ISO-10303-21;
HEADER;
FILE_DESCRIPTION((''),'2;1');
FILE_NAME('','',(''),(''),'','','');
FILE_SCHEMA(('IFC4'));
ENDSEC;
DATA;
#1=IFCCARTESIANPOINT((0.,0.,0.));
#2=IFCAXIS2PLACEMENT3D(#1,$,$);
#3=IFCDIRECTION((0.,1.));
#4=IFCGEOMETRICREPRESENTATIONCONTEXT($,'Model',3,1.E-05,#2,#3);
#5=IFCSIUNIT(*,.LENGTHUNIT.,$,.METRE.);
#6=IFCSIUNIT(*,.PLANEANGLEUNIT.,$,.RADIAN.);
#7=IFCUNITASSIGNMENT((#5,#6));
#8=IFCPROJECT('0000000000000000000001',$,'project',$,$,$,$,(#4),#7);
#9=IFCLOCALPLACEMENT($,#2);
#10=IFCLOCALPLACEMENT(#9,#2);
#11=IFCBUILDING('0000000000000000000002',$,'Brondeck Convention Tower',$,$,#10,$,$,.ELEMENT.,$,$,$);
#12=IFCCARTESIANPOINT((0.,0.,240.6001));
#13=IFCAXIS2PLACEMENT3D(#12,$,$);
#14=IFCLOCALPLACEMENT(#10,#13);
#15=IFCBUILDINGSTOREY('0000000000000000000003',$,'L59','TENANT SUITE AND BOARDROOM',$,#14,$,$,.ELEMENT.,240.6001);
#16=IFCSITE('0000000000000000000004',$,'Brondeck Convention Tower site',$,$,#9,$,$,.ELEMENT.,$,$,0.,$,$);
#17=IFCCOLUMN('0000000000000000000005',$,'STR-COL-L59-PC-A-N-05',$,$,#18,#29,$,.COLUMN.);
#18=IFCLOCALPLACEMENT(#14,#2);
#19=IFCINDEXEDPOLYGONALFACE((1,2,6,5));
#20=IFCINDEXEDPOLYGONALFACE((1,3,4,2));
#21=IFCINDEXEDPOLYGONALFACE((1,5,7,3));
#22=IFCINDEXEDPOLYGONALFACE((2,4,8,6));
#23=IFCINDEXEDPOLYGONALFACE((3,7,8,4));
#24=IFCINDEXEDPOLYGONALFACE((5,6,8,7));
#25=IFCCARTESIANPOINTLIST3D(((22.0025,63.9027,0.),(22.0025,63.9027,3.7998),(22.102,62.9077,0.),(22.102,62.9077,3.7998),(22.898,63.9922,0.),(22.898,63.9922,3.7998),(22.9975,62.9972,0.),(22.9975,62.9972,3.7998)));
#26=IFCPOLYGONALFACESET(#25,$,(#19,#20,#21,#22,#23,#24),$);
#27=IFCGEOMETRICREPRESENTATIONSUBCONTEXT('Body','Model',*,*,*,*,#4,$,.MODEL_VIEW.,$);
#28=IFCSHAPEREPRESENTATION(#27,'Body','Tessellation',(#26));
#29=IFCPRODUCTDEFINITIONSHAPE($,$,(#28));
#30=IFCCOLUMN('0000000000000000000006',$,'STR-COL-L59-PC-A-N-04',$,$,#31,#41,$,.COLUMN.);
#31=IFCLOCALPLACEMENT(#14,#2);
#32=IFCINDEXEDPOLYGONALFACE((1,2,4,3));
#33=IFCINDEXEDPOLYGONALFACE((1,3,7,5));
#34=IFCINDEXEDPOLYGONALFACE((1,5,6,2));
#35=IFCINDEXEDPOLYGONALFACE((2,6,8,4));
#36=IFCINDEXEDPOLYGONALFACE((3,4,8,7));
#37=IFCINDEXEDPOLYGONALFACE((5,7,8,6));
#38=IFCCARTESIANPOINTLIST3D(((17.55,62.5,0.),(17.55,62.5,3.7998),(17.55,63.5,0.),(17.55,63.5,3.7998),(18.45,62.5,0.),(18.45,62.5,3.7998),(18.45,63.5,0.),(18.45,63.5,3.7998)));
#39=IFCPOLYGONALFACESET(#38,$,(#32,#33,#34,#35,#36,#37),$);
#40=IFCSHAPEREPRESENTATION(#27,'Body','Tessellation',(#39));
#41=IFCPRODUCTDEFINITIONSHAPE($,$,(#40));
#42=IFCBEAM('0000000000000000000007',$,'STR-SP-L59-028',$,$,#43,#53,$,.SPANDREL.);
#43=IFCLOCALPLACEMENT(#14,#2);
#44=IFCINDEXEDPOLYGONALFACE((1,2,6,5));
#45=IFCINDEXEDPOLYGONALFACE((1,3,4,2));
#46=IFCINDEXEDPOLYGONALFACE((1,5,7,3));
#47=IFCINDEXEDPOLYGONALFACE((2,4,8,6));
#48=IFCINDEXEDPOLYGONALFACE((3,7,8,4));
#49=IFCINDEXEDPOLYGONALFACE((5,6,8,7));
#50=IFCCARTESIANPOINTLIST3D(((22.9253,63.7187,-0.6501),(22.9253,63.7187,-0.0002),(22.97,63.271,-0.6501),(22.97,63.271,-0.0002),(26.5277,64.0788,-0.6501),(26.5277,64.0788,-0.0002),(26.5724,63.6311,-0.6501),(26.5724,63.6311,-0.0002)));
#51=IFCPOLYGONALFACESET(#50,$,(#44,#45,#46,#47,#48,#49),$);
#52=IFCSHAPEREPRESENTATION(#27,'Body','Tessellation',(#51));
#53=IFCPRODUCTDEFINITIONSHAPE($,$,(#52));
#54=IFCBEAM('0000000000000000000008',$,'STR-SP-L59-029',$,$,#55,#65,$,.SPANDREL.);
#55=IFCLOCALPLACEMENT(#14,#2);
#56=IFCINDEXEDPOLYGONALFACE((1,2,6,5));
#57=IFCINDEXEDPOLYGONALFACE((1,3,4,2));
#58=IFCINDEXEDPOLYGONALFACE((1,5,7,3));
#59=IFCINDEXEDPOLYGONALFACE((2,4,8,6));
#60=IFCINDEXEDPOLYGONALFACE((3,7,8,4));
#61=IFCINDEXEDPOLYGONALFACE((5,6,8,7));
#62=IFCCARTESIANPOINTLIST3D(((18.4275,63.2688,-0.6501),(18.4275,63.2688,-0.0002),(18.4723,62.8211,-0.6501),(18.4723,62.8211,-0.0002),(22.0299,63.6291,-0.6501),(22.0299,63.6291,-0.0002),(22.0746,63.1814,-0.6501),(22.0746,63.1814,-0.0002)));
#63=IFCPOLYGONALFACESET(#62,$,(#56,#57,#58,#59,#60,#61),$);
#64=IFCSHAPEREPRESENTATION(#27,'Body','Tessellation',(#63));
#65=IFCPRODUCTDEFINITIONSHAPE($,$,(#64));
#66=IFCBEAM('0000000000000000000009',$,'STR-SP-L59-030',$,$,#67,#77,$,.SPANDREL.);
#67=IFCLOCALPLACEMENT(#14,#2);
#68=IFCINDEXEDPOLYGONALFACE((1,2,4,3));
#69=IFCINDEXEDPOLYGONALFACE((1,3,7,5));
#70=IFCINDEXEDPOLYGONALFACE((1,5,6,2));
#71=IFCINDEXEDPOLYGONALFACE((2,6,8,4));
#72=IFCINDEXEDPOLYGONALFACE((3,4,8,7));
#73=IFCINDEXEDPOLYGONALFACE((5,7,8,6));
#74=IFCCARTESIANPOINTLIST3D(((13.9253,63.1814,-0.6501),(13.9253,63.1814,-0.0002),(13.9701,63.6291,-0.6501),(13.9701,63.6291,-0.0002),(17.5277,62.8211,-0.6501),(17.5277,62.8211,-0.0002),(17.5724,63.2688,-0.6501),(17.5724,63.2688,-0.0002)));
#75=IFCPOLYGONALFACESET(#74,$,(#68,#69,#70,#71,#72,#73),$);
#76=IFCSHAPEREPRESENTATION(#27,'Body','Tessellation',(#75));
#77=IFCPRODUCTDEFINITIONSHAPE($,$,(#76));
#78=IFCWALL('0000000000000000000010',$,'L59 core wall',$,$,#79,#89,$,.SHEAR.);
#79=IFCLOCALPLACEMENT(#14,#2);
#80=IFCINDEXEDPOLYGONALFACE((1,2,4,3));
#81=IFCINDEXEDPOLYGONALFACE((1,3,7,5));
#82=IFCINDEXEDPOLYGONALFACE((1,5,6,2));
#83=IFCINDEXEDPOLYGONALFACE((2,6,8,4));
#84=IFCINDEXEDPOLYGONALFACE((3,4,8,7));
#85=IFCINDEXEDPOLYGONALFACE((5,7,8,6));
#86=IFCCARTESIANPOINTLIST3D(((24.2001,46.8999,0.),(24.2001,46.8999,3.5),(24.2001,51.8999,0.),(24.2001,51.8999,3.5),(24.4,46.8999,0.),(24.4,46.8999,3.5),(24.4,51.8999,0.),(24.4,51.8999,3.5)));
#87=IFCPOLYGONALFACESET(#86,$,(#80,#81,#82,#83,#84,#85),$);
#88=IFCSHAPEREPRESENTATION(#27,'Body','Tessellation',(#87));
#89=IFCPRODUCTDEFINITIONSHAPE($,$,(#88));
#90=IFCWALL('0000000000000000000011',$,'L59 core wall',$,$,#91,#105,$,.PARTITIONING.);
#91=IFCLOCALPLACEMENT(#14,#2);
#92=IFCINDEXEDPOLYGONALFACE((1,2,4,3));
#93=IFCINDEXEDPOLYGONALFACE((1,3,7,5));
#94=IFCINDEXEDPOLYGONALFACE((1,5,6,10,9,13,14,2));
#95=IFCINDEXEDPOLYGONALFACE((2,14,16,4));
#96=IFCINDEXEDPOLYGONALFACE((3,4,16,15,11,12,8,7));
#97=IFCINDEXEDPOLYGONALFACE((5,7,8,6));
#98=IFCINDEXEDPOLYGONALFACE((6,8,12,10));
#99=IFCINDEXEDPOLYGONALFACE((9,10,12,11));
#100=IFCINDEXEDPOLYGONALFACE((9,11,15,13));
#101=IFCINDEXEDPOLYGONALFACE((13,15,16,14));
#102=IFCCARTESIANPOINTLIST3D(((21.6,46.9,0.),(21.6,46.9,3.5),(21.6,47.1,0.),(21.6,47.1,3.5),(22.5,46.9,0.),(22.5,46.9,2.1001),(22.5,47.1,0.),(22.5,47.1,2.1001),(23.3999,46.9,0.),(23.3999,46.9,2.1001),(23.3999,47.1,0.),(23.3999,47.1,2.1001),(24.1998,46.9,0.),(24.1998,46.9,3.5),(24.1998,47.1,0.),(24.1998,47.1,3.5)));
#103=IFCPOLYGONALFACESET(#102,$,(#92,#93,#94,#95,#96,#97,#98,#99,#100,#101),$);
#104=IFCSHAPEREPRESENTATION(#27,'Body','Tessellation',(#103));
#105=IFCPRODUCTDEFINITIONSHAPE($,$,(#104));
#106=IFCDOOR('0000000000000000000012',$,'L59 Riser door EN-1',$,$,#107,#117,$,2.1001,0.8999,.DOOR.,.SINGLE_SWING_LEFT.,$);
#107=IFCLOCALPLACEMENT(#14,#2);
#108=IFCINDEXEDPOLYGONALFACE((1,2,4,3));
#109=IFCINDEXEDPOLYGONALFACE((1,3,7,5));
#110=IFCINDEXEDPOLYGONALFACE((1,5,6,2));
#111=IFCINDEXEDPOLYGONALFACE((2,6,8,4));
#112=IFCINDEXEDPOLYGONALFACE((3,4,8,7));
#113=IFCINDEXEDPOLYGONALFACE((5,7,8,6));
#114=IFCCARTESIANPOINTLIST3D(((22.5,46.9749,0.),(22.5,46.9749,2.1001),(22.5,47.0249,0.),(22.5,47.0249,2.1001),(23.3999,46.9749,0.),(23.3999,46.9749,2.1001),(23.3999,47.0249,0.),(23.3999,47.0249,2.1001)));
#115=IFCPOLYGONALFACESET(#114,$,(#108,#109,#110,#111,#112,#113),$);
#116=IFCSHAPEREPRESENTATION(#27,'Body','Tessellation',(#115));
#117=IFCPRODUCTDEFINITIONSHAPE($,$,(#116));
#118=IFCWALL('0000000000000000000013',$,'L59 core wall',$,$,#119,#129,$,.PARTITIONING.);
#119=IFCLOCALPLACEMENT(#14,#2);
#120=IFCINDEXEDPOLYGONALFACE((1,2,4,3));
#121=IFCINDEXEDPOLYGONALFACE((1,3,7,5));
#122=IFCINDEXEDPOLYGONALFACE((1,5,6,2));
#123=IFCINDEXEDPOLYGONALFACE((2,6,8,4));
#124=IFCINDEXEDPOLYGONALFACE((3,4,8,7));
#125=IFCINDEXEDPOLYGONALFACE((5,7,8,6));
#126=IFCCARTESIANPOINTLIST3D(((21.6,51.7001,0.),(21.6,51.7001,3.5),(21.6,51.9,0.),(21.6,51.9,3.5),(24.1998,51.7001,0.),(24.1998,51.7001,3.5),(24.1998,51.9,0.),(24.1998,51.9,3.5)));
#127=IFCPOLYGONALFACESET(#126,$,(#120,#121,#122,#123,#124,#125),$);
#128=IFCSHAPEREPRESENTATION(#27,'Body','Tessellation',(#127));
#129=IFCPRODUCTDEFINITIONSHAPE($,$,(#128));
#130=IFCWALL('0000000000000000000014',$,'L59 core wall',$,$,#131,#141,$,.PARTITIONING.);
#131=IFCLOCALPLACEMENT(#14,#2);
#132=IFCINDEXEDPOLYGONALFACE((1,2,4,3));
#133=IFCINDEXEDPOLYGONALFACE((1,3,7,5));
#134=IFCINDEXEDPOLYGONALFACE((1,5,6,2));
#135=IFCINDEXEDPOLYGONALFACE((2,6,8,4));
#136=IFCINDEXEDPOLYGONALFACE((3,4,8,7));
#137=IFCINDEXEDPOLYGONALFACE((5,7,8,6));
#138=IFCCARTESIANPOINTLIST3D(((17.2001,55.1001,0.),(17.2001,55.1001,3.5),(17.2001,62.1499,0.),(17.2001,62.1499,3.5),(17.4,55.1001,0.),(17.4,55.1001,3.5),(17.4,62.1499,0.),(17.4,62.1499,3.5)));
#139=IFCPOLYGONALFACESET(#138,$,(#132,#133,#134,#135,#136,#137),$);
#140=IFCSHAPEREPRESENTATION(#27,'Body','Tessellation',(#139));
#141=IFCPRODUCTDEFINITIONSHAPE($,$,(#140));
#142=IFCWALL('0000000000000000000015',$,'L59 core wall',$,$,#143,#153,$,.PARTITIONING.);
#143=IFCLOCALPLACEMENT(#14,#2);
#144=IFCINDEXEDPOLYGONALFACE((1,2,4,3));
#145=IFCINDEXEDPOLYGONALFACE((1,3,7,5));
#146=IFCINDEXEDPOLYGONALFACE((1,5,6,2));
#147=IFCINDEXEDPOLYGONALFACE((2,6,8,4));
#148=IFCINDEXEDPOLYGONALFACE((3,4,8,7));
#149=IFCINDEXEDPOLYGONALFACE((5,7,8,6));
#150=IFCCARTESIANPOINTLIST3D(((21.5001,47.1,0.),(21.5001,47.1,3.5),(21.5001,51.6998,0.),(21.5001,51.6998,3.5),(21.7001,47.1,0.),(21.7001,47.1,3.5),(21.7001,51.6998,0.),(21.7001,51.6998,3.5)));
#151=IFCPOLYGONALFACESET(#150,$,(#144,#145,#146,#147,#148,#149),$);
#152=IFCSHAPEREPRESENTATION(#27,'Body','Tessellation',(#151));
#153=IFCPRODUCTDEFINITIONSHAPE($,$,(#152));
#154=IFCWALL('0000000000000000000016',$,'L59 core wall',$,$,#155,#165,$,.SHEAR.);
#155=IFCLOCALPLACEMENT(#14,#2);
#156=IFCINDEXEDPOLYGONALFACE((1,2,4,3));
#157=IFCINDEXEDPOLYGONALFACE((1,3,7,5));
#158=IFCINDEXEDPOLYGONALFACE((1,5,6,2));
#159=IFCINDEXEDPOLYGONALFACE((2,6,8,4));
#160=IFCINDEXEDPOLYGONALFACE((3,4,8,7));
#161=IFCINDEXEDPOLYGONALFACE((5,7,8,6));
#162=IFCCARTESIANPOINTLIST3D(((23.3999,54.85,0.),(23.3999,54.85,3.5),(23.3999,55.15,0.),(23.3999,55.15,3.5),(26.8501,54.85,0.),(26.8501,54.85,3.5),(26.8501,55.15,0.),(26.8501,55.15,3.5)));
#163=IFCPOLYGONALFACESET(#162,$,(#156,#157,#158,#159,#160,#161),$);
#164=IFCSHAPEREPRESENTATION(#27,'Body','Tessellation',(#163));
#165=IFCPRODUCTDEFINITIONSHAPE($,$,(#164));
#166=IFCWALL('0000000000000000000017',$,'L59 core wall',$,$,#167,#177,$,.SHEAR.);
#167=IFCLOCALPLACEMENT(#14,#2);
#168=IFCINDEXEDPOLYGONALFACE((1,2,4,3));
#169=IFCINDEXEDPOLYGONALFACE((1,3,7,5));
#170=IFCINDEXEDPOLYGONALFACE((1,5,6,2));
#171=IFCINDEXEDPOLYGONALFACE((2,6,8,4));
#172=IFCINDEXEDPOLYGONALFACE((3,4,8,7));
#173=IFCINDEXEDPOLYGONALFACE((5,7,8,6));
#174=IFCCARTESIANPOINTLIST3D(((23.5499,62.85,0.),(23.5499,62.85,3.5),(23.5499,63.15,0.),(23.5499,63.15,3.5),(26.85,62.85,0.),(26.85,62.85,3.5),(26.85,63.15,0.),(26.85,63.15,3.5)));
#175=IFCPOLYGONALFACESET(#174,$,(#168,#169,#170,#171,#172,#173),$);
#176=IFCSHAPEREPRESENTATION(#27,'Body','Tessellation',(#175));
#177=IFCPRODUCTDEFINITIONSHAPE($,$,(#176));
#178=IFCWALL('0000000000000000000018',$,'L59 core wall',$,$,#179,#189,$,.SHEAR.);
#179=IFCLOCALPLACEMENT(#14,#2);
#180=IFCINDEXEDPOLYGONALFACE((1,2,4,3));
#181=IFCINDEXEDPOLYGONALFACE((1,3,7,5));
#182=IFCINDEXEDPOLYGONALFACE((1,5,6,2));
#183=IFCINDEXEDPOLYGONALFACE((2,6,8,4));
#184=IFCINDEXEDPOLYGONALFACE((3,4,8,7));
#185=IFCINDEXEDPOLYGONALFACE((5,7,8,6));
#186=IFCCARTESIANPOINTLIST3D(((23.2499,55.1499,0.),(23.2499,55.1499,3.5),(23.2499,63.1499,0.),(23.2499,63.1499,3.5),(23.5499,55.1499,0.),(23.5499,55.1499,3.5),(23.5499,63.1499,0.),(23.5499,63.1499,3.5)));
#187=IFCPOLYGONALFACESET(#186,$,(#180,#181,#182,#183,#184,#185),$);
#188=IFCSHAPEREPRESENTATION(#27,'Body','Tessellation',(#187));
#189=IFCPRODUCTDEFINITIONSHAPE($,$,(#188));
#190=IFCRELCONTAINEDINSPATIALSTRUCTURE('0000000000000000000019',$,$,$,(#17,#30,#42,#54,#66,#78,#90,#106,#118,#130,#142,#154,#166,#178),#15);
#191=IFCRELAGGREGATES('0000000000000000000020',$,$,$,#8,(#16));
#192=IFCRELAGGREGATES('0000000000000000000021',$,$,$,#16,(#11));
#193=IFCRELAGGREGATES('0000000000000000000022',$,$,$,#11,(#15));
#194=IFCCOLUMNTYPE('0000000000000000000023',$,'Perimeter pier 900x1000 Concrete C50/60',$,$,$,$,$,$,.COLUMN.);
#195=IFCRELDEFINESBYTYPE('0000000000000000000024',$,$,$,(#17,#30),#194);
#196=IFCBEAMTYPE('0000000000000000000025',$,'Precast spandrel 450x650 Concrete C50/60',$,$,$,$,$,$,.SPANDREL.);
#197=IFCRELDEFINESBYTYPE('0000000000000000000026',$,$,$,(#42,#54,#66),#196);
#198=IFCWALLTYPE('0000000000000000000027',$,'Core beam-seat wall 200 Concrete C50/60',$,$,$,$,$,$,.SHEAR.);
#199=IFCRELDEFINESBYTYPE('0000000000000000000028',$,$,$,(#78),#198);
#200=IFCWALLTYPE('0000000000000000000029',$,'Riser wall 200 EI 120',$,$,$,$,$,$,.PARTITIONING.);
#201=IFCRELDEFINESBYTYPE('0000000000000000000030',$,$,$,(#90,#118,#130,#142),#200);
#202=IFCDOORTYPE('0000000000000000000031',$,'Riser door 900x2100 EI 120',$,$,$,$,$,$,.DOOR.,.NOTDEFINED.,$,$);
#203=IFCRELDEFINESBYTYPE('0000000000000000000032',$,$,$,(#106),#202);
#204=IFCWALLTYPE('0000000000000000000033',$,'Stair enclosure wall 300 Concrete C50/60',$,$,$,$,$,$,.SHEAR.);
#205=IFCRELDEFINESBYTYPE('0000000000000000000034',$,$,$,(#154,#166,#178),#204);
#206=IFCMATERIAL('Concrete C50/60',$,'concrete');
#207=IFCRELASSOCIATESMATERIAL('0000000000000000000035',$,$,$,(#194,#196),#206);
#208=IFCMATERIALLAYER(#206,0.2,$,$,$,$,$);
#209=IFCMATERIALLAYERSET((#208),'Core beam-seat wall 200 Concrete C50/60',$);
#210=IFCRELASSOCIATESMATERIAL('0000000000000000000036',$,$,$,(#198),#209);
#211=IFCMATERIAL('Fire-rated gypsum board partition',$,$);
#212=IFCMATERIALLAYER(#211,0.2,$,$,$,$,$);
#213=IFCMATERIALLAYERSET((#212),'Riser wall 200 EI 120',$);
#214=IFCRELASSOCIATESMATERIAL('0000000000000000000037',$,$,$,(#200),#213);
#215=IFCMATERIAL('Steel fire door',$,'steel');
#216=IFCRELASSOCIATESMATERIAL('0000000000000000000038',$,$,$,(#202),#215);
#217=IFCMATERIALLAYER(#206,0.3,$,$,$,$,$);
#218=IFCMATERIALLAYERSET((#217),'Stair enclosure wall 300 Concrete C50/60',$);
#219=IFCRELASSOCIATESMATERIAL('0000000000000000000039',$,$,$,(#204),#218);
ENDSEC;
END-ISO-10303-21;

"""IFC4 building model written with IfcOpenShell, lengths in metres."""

from ifc_helpers import new_model, si_unit, direction, frame, frame_2d, origin, origin_2d, place, context, subcontext, project, spatial, rectangle, extrude, material, layer, layer_set, material_profile, profile_set, type_object, element, fill, save


model = new_model("IFC4")

# Units and contexts
model_context = context("Model", 3, precision=1e-05, world=origin(), true_north=direction((0.0, 1.0)))
body_context = subcontext(model_context, "Body", "Model", "MODEL_VIEW")
ifc_project = project(units=[si_unit("LENGTHUNIT", "METRE"), si_unit("PLANEANGLEUNIT", "RADIAN")], contexts=[model_context])

# Site, building, storey
site_placement = place(None, origin())
site = spatial("IfcSite", under=ifc_project, at=site_placement, Name="Brondeck Convention Tower site", CompositionType="ELEMENT", RefElevation=0.0)
building_placement = place(site_placement, origin())
building = spatial("IfcBuilding", under=site, at=building_placement, Name="Brondeck Convention Tower", CompositionType="ELEMENT")
storey_placement = place(building_placement, frame((0.0, 0.0, 240.6001)))
storey = spatial("IfcBuildingStorey", under=building, at=storey_placement, Name="L59", Description="TENANT SUITE AND BOARDROOM", CompositionType="ELEMENT", Elevation=240.6001)

# Columns
ifc_material_1 = material(Name="Concrete C50/60", Category="concrete")
ifc_material_profile_1 = material_profile(ifc_material_1, rectangle(XDim=0.8999, YDim=1.0, at=origin_2d()), Name="Perimeter pier 900x1000 Concrete C50/60")
ifc_profile_set_1 = profile_set([ifc_material_profile_1], Name="Concrete C50/60")
column_type = type_object("IfcColumnType", Name="Perimeter pier 900x1000 Concrete C50/60", PredefinedType="COLUMN", material=ifc_profile_set_1)
for number, where, z_axis, x_axis, name in (
    (1, (22.5, 63.45, 0.0), (0.0, 0.0, 1.0), (-0.995037, -0.099504, 0.0), "STR-COL-L59-PC-A-N-05"),
    (2, (18.0, 63.0, 0.0), (0.0, 0.0, 1.0), (-1.0, 0.0, 0.0), "STR-COL-L59-PC-A-N-04"),
):
    element("IfcColumn", number, at=place(storey_placement, frame(where, z_axis=z_axis, x_axis=x_axis)), inside=storey, type_object=column_type, Name=name, PredefinedType="COLUMN", context=body_context, shape_type="SweptSolid", body=[
        extrude(rectangle(XDim=0.8999, YDim=1.0, at=origin_2d()), origin(), (0.0, 0.0, 1.0), 3.7998),
    ])

# Beams
ifc_material_profile_2 = material_profile(ifc_material_1, rectangle(XDim=0.45, YDim=0.6499, at=origin_2d()), Name="Precast spandrel 450x650 Concrete C50/60")
ifc_profile_set_2 = profile_set([ifc_material_profile_2], Name="Concrete C50/60")
beam_type = type_object("IfcBeamType", Name="Precast spandrel 450x650 Concrete C50/60", PredefinedType="SPANDREL", material=ifc_profile_set_2)
for number, where, z_axis, x_axis, name in (
    (3, (26.55, 63.855, -0.3252), (-0.995041, -0.09947, 0.0), (0.09947, -0.995041, 0.0), "STR-SP-L59-028"),
    (4, (22.0522, 63.4053, -0.3252), (-0.995034, -0.099537, 0.0), (0.099537, -0.995034, 0.0), "STR-SP-L59-029"),
    (5, (17.55, 63.0449, -0.3252), (-0.995034, 0.099537, 0.0), (-0.099537, -0.995034, 0.0), "STR-SP-L59-030"),
):
    element("IfcBeam", number, at=place(storey_placement, frame(where, z_axis=z_axis, x_axis=x_axis)), inside=storey, type_object=beam_type, Name=name, PredefinedType="SPANDREL", context=body_context, shape_type="SweptSolid", body=[
        extrude(rectangle(XDim=0.45, YDim=0.6499, at=origin_2d()), origin(), (0.0, 0.0, 1.0), 3.6204),
    ])

# Wall
ifc_layer_1 = layer(ifc_material_1, 0.2)
ifc_layer_set_1 = layer_set([ifc_layer_1], Name="Core beam-seat wall 200 Concrete C50/60")
wall_type_1 = type_object("IfcWallType", Name="Core beam-seat wall 200 Concrete C50/60", PredefinedType="SHEAR", material=ifc_layer_set_1)
wall_1_placement = place(storey_placement, frame((24.3, 46.8999, 0.0), z_axis=(0.0, 0.0, 1.0), x_axis=(0.0, 1.0, 0.0)))
element("IfcWall", 6, at=wall_1_placement, inside=storey, type_object=wall_type_1, Name="L59 core wall", PredefinedType="SHEAR", context=body_context, shape_type="SweptSolid", body=[
    extrude(rectangle(XDim=5.0, YDim=0.2, at=frame_2d((2.5, 0.0))), origin(), (0.0, 0.0, 1.0), 3.5),
])

# Wall, opening, door
ifc_material_2 = material(Name="Fire-rated gypsum board partition")
ifc_layer_2 = layer(ifc_material_2, 0.2)
ifc_layer_set_2 = layer_set([ifc_layer_2], Name="Riser wall 200 EI 120")
wall_type_2 = type_object("IfcWallType", Name="Riser wall 200 EI 120", PredefinedType="PARTITIONING", material=ifc_layer_set_2)
wall_2_placement = place(storey_placement, frame((21.6001, 47.0, 0.0), z_axis=(0.0, 0.0, 1.0), x_axis=(1.0, 0.0, 0.0)))
wall_2 = element("IfcWall", 7, at=wall_2_placement, inside=storey, type_object=wall_type_2, Name="L59 core wall", PredefinedType="PARTITIONING", context=body_context, shape_type="SweptSolid", body=[
    extrude(rectangle(XDim=2.5999, YDim=0.2, at=frame_2d((1.2998, 0.0))), origin(), (0.0, 0.0, 1.0), 3.5),
])
opening_placement = place(wall_2_placement, frame((0.8999, 0.0, 0.0)))
opening = element("IfcOpeningElement", 8, at=opening_placement, cuts=wall_2, PredefinedType="OPENING", context=body_context, shape_type="SweptSolid", body=[
    extrude(rectangle(XDim=0.8999, YDim=2.1001, at=frame_2d((0.45, 1.05))), frame((0.0, 0.1099, 0.0), z_axis=(0.0, -1.0, 0.0), x_axis=(1.0, 0.0, 0.0)), (0.0, 0.0, 1.0), 0.22),
])
ifc_material_3 = material(Name="Steel fire door", Category="steel")
door_type = type_object("IfcDoorType", Name="Riser door 900x2100 EI 120", OperationType="NOTDEFINED", PredefinedType="DOOR", material=ifc_material_3)
door_placement = place(opening_placement, origin())
door = element("IfcDoor", 9, at=door_placement, inside=storey, type_object=door_type, Name="L59 Riser door EN-1", OperationType="SINGLE_SWING_LEFT", OverallHeight=2.1001, OverallWidth=0.8999, PredefinedType="DOOR", context=body_context, shape_type="SweptSolid", body=[
    extrude(rectangle(XDim=0.8999, YDim=2.1001, at=frame_2d((0.45, 1.05))), frame((0.0, 0.0249, 0.0), z_axis=(0.0, -1.0, 0.0), x_axis=(1.0, 0.0, 0.0)), (0.0, 0.0, 1.0), 0.05),
])
fill(opening, door)

# Walls
wall_3_placement = place(storey_placement, frame((21.6001, 51.8, 0.0), z_axis=(0.0, 0.0, 1.0), x_axis=(1.0, 0.0, 0.0)))
element("IfcWall", 10, at=wall_3_placement, inside=storey, type_object=wall_type_2, Name="L59 core wall", PredefinedType="PARTITIONING", context=body_context, shape_type="SweptSolid", body=[
    extrude(rectangle(XDim=2.5999, YDim=0.2, at=frame_2d((1.2998, 0.0))), origin(), (0.0, 0.0, 1.0), 3.5),
])
wall_4_placement = place(storey_placement, frame((17.3, 55.1001, 0.0), z_axis=(0.0, 0.0, 1.0), x_axis=(0.0, 1.0, 0.0)))
element("IfcWall", 11, at=wall_4_placement, inside=storey, type_object=wall_type_2, Name="L59 core wall", PredefinedType="PARTITIONING", context=body_context, shape_type="SweptSolid", body=[
    extrude(rectangle(XDim=7.0498, YDim=0.2, at=frame_2d((3.5249, 0.0))), origin(), (0.0, 0.0, 1.0), 3.5),
])
wall_5_placement = place(storey_placement, frame((21.6001, 47.1001, 0.0), z_axis=(0.0, 0.0, 1.0), x_axis=(0.0, 1.0, 0.0)))
element("IfcWall", 12, at=wall_5_placement, inside=storey, type_object=wall_type_2, Name="L59 core wall", PredefinedType="PARTITIONING", context=body_context, shape_type="SweptSolid", body=[
    extrude(rectangle(XDim=4.5999, YDim=0.2, at=frame_2d((2.2998, 0.0))), origin(), (0.0, 0.0, 1.0), 3.5),
])
ifc_layer_3 = layer(ifc_material_1, 0.3)
ifc_layer_set_3 = layer_set([ifc_layer_3], Name="Stair enclosure wall 300 Concrete C50/60")
wall_type_3 = type_object("IfcWallType", Name="Stair enclosure wall 300 Concrete C50/60", PredefinedType="SHEAR", material=ifc_layer_set_3)
wall_6_placement = place(storey_placement, frame((23.3999, 55.0, 0.0), z_axis=(0.0, 0.0, 1.0), x_axis=(1.0, 0.0, 0.0)))
element("IfcWall", 13, at=wall_6_placement, inside=storey, type_object=wall_type_3, Name="L59 core wall", PredefinedType="SHEAR", context=body_context, shape_type="SweptSolid", body=[
    extrude(rectangle(XDim=3.4502, YDim=0.3, at=frame_2d((1.7251, 0.0))), origin(), (0.0, 0.0, 1.0), 3.5),
])
wall_7_placement = place(storey_placement, frame((23.55, 63.0, 0.0), z_axis=(0.0, 0.0, 1.0), x_axis=(1.0, 0.0, 0.0)))
element("IfcWall", 14, at=wall_7_placement, inside=storey, type_object=wall_type_3, Name="L59 core wall", PredefinedType="SHEAR", context=body_context, shape_type="SweptSolid", body=[
    extrude(rectangle(XDim=3.3, YDim=0.3, at=frame_2d((1.6499, 0.0))), origin(), (0.0, 0.0, 1.0), 3.5),
])
wall_8_placement = place(storey_placement, frame((23.3999, 55.1499, 0.0), z_axis=(0.0, 0.0, 1.0), x_axis=(0.0, 1.0, 0.0)))
element("IfcWall", 15, at=wall_8_placement, inside=storey, type_object=wall_type_3, Name="L59 core wall", PredefinedType="SHEAR", context=body_context, shape_type="SweptSolid", body=[
    extrude(rectangle(XDim=8.0, YDim=0.3, at=frame_2d((4.0, 0.0))), origin(), (0.0, 0.0, 1.0), 3.5),
])

save(model, "model.ifc")
